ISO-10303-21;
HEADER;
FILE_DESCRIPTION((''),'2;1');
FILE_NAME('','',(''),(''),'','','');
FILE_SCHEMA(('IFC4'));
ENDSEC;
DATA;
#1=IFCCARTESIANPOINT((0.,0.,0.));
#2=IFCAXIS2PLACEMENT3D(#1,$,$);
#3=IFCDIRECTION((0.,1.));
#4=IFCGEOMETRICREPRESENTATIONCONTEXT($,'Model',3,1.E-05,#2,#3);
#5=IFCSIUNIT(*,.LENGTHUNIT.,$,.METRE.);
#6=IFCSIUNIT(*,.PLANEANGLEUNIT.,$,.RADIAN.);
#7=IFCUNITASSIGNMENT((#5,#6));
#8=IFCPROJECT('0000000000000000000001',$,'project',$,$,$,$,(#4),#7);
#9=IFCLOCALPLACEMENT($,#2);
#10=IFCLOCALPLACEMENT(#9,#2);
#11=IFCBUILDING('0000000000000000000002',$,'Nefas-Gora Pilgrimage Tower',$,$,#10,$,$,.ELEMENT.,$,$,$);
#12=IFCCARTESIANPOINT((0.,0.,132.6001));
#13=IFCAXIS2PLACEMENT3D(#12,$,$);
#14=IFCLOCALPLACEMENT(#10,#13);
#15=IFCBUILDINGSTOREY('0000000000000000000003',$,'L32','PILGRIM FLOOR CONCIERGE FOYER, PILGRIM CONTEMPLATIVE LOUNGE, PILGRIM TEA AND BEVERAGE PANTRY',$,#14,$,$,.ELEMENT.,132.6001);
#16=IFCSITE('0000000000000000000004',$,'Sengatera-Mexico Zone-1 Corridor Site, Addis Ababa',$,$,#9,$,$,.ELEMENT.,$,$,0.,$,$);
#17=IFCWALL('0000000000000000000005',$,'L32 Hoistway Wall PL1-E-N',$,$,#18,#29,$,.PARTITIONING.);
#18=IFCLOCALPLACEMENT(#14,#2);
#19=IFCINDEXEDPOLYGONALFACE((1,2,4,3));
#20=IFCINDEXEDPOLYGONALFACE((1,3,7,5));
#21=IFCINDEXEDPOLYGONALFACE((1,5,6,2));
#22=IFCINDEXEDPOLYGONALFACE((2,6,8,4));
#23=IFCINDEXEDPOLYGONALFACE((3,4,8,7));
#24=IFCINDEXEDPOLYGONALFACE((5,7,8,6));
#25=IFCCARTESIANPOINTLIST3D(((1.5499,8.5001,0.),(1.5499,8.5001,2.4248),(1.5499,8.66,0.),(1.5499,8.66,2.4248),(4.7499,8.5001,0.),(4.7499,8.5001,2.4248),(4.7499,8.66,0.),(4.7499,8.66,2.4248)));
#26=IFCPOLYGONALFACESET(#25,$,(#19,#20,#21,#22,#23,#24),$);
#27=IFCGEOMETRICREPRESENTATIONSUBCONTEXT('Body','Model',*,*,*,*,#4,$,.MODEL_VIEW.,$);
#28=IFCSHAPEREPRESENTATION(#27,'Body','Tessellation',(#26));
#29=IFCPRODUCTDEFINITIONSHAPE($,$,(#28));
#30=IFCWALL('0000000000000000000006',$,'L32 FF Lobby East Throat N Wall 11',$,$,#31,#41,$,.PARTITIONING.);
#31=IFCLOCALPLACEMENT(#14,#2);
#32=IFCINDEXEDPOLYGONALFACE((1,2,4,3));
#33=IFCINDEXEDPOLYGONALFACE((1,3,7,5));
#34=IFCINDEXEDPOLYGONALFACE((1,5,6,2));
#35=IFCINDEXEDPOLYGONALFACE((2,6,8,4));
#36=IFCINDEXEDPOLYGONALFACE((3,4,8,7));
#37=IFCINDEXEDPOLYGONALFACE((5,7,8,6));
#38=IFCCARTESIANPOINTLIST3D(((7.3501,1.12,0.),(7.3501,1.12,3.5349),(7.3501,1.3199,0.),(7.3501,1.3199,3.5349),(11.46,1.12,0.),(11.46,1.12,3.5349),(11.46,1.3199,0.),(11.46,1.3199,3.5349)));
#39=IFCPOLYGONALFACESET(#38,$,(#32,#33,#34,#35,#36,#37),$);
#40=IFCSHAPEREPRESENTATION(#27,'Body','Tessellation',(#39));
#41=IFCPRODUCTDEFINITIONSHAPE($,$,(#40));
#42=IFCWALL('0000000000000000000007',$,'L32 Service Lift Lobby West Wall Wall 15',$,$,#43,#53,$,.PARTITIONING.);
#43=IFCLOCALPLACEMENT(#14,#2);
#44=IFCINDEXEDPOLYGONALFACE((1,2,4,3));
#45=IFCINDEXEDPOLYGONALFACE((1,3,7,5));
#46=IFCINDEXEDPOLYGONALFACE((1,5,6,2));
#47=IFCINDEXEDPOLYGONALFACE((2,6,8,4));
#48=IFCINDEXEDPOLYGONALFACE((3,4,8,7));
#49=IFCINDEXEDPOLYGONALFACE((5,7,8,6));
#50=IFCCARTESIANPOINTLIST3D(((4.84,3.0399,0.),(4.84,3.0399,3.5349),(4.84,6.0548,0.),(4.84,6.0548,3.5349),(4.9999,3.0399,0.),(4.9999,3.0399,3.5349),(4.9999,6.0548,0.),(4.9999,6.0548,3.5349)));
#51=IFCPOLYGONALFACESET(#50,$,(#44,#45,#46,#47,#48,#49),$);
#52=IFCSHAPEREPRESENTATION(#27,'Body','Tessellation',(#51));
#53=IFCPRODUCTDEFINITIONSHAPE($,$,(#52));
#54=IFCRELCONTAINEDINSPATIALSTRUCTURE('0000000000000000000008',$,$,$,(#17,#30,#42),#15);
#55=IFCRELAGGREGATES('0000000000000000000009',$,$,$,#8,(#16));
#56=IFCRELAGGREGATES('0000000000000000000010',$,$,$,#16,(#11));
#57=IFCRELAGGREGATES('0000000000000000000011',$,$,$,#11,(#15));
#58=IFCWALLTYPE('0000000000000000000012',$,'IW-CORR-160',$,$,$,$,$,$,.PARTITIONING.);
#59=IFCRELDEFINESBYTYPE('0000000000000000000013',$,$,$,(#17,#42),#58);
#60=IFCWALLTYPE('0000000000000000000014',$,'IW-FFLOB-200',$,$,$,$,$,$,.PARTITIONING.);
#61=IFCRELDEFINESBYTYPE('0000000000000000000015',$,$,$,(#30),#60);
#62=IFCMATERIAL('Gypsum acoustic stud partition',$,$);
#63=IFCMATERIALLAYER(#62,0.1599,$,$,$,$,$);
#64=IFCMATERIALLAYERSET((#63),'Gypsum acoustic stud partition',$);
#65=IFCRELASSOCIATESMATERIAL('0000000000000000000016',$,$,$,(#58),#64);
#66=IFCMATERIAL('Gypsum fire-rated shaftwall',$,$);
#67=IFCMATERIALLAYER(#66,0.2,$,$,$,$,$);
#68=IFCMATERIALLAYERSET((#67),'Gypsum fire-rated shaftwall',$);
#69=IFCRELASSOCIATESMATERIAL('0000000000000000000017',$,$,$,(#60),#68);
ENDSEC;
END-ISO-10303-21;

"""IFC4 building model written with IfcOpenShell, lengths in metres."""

from ifc_helpers import new_model, si_unit, direction, frame, frame_2d, origin, place, context, subcontext, project, spatial, rectangle, extrude, source, transform, mapped, material, layer, layer_set, type_object, element, save


model = new_model("IFC4")

# Units and contexts
model_context = context("Model", 3, precision=1e-05, world=origin(), true_north=direction((0.0, 1.0)))
body_context = subcontext(model_context, "Body", "Model", "MODEL_VIEW")
ifc_project = project(units=[si_unit("LENGTHUNIT", "METRE"), si_unit("PLANEANGLEUNIT", "RADIAN")], contexts=[model_context])

# Site, building, storey
site_placement = place(None, origin())
site = spatial("IfcSite", under=ifc_project, at=site_placement, Name="Sengatera-Mexico Zone-1 Corridor Site, Addis Ababa", CompositionType="ELEMENT", RefElevation=0.0)
building_placement = place(site_placement, origin())
building = spatial("IfcBuilding", under=site, at=building_placement, Name="Nefas-Gora Pilgrimage Tower", CompositionType="ELEMENT")
storey_placement = place(building_placement, frame((0.0, 0.0, 132.6001)))
storey = spatial("IfcBuildingStorey", under=building, at=storey_placement, Name="L32", Description="PILGRIM FLOOR CONCIERGE FOYER, PILGRIM CONTEMPLATIVE LOUNGE, PILGRIM TEA AND BEVERAGE PANTRY", CompositionType="ELEMENT", Elevation=132.6001)

# Wall
ifc_material_1 = material(Name="Gypsum acoustic stud partition")
ifc_layer_1 = layer(ifc_material_1, 0.1599)
ifc_layer_set_1 = layer_set([ifc_layer_1], Name="Gypsum acoustic stud partition")
wall_type_1 = type_object("IfcWallType", Name="IW-CORR-160", PredefinedType="PARTITIONING", material=ifc_layer_set_1)
shared_shape_1 = source(origin(), body_context, "Body", "SweptSolid", [
    extrude(rectangle(XDim=3.2, YDim=0.1599, at=frame_2d((1.6001, 0.0))), origin(), (0.0, 0.0, 1.0), 2.4248),
])
wall_1_placement = place(storey_placement, frame((4.75, 8.5801, 0.0), z_axis=(0.0, 0.0, 1.0), x_axis=(-1.0, 0.0, 0.0)))
element("IfcWall", 1, at=wall_1_placement, inside=storey, type_object=wall_type_1, Name="L32 Hoistway Wall PL1-E-N", PredefinedType="PARTITIONING", context=body_context, shape_type="MappedRepresentation", body=[
    mapped(shared_shape_1, transform((0.0, 0.0, 0.0), x_axis=(1.0, 0.0, 0.0), y_axis=(0.0, 1.0, 0.0), z_axis=(0.0, 0.0, 1.0), scale=1.0)),
])

# Shared definitions
ifc_material_2 = material(Name="Gypsum fire-rated shaftwall")
ifc_layer_2 = layer(ifc_material_2, 0.2)
ifc_layer_set_2 = layer_set([ifc_layer_2], Name="Gypsum fire-rated shaftwall")
wall_type_2 = type_object("IfcWallType", Name="IW-FFLOB-200", PredefinedType="PARTITIONING", material=ifc_layer_set_2)

# Walls
shared_shape_2 = source(origin(), body_context, "Body", "SweptSolid", [
    extrude(rectangle(XDim=4.1099, YDim=0.2, at=frame_2d((2.0549, 0.0))), origin(), (0.0, 0.0, 1.0), 3.5349),
])
wall_2_placement = place(storey_placement, frame((7.3501, 1.22, 0.0), z_axis=(0.0, 0.0, 1.0), x_axis=(1.0, 0.0, 0.0)))
element("IfcWall", 2, at=wall_2_placement, inside=storey, type_object=wall_type_2, Name="L32 FF Lobby East Throat N Wall 11", PredefinedType="PARTITIONING", context=body_context, shape_type="MappedRepresentation", body=[
    mapped(shared_shape_2, transform((0.0, 0.0, 0.0), x_axis=(1.0, 0.0, 0.0), y_axis=(0.0, 1.0, 0.0), z_axis=(0.0, 0.0, 1.0), scale=1.0)),
])
shared_shape_3 = source(origin(), body_context, "Body", "SweptSolid", [
    extrude(rectangle(XDim=3.0149, YDim=0.1599, at=frame_2d((1.5073, 0.0))), origin(), (0.0, 0.0, 1.0), 3.5349),
])
wall_3_placement = place(storey_placement, frame((4.9199, 3.04, 0.0), z_axis=(0.0, 0.0, 1.0), x_axis=(0.0, 1.0, 0.0)))
element("IfcWall", 3, at=wall_3_placement, inside=storey, type_object=wall_type_1, Name="L32 Service Lift Lobby West Wall Wall 15", PredefinedType="PARTITIONING", context=body_context, shape_type="MappedRepresentation", body=[
    mapped(shared_shape_3, transform((0.0, 0.0, 0.0), x_axis=(1.0, 0.0, 0.0), y_axis=(0.0, 1.0, 0.0), z_axis=(0.0, 0.0, 1.0), scale=1.0)),
])

save(model, "model.ifc")
